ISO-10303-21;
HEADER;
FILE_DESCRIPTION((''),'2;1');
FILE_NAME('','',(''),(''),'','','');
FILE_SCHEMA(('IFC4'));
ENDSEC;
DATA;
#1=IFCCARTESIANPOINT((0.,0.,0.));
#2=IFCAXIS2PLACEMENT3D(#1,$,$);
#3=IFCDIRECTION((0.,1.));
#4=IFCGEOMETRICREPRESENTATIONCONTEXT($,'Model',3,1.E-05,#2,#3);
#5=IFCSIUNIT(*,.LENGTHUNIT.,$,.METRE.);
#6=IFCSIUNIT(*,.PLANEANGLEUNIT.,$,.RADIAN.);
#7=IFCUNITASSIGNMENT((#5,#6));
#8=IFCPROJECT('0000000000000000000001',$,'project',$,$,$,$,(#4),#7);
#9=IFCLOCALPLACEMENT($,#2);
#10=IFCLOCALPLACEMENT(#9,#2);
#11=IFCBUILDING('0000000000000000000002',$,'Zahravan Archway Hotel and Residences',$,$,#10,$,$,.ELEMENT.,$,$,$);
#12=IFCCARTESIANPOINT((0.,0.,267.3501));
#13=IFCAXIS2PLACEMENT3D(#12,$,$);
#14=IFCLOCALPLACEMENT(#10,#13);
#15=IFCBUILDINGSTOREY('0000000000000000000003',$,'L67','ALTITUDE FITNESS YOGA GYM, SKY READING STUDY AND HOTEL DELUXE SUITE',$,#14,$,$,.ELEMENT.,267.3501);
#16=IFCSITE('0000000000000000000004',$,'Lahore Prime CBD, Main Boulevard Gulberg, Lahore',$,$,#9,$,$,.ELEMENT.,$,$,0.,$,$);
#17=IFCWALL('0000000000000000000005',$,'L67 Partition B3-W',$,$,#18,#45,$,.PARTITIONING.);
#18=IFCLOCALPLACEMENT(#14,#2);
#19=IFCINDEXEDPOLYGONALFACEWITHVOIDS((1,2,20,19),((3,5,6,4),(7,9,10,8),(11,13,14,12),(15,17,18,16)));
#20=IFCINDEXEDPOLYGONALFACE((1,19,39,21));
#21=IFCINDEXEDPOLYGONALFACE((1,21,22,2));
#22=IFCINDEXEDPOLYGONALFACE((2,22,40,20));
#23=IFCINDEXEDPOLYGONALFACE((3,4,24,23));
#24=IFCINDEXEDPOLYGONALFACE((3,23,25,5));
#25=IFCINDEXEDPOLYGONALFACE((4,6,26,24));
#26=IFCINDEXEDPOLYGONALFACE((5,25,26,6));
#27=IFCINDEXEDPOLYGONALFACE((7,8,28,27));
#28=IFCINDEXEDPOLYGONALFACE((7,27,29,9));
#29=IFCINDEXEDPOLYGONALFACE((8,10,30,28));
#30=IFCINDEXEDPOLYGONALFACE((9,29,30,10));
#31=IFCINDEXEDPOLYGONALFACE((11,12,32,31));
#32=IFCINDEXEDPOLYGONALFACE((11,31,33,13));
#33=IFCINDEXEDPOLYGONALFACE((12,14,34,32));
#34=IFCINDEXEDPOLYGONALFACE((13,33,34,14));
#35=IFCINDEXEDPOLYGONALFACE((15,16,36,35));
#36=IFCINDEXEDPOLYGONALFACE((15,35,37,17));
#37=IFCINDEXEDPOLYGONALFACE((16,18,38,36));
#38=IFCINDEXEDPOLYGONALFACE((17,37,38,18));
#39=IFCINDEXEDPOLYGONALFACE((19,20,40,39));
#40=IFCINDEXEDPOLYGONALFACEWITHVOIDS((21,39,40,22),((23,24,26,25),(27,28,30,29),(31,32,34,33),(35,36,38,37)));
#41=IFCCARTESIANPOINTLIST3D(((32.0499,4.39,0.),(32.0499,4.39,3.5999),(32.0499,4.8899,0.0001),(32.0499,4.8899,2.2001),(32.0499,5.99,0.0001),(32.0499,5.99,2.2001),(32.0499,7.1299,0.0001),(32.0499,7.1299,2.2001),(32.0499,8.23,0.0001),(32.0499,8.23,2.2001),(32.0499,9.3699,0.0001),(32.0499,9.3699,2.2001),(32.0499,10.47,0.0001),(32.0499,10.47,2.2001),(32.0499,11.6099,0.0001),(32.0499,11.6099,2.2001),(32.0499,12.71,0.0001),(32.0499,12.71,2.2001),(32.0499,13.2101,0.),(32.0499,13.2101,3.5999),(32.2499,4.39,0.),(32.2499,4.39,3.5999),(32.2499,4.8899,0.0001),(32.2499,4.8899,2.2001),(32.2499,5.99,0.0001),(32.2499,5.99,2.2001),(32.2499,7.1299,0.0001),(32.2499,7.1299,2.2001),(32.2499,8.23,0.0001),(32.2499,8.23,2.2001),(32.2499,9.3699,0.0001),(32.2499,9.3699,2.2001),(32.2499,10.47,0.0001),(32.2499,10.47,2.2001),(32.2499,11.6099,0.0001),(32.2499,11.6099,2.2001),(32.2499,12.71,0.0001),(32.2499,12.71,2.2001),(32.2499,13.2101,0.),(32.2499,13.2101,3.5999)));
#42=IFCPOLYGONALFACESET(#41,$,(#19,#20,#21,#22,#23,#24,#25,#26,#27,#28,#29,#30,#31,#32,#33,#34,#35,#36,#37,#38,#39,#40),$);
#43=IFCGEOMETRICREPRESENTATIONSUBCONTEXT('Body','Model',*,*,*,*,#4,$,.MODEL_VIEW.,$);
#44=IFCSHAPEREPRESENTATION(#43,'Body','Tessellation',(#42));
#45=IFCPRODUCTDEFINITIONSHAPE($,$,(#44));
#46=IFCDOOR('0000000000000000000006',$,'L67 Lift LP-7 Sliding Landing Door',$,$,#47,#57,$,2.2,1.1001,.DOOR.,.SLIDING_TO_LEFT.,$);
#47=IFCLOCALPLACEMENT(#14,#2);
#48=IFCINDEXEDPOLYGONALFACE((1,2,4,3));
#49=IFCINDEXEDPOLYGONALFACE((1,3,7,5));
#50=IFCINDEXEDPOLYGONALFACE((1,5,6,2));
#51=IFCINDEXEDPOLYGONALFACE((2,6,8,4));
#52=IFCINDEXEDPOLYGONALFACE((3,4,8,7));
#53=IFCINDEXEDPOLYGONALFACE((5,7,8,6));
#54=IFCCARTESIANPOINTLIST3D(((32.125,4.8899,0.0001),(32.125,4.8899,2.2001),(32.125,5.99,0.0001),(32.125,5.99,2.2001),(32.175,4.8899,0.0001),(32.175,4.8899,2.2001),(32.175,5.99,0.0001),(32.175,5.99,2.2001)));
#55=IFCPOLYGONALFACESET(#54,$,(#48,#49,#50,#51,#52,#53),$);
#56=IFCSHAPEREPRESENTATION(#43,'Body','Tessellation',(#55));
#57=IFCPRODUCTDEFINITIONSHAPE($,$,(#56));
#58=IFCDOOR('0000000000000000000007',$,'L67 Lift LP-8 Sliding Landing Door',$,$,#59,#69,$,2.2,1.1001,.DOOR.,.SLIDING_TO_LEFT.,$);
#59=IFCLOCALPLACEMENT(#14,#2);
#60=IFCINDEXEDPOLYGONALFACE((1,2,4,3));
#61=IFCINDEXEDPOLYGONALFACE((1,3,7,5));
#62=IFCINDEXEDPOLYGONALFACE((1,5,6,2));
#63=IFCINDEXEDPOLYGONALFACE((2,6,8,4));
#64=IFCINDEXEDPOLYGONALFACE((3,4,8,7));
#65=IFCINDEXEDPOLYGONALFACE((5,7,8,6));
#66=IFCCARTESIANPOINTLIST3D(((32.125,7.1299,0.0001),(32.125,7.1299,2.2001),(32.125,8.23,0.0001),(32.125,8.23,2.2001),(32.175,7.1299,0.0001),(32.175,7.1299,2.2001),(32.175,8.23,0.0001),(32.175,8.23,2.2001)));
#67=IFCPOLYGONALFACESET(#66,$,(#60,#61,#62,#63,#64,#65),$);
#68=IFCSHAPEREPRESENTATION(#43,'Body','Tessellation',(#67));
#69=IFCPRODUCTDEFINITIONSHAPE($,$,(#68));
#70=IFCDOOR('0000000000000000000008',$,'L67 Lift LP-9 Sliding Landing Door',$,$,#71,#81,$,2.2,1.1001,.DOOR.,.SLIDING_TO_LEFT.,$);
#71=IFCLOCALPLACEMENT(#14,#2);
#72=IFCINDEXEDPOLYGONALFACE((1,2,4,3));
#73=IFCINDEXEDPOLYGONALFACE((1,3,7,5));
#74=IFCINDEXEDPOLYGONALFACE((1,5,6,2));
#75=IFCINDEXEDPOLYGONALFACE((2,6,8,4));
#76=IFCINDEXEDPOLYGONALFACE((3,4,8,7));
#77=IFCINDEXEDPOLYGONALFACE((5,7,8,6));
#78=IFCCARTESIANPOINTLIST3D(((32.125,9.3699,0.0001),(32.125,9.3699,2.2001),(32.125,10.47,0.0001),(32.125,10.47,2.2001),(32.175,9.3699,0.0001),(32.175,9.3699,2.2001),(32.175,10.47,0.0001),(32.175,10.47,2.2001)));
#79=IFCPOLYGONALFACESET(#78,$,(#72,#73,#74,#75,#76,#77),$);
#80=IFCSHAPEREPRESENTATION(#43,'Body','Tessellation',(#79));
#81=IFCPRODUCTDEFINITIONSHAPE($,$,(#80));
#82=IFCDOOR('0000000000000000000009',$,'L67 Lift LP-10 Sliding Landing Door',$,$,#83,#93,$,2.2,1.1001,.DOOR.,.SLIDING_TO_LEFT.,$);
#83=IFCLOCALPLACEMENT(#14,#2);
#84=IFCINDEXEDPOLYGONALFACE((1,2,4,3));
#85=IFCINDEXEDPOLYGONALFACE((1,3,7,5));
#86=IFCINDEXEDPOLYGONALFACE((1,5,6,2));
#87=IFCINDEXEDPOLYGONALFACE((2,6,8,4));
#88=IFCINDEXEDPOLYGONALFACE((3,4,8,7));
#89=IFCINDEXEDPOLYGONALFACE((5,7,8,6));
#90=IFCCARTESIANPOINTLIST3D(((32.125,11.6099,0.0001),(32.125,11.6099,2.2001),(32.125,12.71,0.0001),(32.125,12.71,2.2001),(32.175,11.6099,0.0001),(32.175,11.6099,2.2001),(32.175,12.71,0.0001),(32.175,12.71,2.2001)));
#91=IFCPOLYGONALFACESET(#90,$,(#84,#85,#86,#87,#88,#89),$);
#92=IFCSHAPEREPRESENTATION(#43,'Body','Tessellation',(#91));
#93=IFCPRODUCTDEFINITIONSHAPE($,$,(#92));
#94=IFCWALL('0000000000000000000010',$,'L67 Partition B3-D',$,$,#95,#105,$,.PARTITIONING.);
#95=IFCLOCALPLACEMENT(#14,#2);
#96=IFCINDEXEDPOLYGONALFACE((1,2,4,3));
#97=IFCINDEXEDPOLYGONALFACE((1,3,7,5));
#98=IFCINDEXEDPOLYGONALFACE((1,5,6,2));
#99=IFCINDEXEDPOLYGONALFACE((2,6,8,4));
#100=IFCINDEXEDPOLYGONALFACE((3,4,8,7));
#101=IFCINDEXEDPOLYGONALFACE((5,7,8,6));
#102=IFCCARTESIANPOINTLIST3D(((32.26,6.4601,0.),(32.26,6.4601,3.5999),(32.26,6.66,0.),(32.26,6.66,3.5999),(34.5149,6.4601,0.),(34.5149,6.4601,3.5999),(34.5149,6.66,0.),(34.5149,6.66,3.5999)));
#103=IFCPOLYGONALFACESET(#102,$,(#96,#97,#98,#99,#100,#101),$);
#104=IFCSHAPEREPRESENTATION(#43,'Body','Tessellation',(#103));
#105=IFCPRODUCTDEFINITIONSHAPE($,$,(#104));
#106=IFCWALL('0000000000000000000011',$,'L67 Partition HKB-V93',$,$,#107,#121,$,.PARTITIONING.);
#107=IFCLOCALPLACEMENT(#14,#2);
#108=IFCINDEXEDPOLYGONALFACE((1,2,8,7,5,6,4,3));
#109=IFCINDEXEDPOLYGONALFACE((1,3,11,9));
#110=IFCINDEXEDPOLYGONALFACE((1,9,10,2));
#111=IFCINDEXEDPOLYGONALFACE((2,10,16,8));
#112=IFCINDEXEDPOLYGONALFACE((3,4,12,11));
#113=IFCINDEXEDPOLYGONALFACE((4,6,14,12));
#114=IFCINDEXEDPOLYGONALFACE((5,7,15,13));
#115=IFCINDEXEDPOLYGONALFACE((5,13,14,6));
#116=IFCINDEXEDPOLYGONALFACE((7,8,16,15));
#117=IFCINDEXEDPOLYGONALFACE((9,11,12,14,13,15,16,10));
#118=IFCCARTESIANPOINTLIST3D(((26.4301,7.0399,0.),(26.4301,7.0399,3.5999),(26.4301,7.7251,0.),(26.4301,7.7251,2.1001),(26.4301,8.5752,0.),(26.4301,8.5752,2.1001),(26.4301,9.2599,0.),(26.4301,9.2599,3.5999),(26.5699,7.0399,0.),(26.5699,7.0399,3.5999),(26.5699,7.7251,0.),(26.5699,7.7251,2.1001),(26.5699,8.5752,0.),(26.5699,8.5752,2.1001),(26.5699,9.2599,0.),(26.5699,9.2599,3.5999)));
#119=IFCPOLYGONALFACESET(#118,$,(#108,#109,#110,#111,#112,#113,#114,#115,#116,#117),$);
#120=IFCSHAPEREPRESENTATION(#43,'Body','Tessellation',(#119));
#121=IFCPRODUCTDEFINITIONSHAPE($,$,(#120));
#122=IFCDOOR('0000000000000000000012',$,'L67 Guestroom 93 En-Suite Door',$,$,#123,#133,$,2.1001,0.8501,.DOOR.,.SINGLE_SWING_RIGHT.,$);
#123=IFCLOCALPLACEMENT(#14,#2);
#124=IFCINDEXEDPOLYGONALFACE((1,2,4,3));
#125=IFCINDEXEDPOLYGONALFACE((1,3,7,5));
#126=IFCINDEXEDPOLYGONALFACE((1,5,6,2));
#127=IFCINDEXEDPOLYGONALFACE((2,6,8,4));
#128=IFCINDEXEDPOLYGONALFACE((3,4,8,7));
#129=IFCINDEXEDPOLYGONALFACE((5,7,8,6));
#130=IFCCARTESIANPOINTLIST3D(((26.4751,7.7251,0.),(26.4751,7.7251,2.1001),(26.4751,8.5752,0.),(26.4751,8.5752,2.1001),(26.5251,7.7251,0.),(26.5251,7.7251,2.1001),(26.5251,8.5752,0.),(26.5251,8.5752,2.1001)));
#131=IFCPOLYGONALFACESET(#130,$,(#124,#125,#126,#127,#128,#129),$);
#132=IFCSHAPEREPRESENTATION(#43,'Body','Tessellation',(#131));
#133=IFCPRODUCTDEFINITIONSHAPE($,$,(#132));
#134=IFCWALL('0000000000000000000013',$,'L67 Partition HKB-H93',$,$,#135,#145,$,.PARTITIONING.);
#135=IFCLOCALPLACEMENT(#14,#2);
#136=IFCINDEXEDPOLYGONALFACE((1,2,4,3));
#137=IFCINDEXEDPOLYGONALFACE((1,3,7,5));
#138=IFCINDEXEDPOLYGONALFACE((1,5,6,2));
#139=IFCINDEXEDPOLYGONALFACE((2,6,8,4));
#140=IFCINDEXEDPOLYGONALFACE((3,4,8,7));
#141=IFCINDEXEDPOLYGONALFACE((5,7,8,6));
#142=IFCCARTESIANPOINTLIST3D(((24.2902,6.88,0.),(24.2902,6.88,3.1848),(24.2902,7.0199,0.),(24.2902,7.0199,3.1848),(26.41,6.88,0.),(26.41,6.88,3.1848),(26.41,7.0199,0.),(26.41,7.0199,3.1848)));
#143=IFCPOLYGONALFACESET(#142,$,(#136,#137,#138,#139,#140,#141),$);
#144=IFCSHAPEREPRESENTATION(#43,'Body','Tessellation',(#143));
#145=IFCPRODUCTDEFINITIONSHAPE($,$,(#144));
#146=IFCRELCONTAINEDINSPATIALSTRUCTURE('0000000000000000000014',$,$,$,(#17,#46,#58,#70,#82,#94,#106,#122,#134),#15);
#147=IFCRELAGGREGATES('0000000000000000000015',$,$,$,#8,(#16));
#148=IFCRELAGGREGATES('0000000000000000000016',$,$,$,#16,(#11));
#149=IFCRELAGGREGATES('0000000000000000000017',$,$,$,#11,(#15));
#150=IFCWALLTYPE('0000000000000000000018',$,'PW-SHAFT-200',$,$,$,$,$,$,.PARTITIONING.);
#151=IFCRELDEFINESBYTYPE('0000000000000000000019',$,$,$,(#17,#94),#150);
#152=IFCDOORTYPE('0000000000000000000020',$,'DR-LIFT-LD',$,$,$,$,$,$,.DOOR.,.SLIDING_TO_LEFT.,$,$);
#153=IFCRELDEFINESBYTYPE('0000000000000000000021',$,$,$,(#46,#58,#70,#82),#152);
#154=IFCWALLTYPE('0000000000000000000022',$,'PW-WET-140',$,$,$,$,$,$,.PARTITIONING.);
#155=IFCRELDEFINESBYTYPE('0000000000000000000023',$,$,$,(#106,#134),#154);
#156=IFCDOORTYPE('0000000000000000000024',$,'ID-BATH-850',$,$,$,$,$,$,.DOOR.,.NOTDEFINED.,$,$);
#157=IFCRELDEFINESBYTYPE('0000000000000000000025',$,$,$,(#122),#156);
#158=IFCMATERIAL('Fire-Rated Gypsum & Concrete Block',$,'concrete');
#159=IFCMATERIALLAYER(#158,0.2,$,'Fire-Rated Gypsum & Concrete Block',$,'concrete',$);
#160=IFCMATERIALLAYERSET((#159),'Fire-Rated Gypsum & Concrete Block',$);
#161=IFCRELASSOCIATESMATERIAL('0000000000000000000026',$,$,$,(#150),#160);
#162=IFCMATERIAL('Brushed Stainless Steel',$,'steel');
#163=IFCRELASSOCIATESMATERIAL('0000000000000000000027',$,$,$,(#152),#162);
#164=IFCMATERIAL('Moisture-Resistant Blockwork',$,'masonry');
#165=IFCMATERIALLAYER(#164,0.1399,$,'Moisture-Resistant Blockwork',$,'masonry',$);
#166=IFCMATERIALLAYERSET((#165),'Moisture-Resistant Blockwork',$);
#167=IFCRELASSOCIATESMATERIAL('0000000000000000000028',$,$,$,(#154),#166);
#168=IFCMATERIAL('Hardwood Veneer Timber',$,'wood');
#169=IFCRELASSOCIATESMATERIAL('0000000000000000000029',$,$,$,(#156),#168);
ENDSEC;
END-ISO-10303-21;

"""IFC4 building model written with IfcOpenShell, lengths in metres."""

from ifc_helpers import new_model, si_unit, direction, frame, frame_2d, origin, place, context, subcontext, project, spatial, rectangle, extrude, source, transform, mapped, material, layer, layer_set, type_object, type_shapes, element, fill, save


model = new_model("IFC4")

# Units and contexts
model_context = context("Model", 3, precision=1e-05, world=origin(), true_north=direction((0.0, 1.0)))
body_context = subcontext(model_context, "Body", "Model", "MODEL_VIEW")
ifc_project = project(units=[si_unit("LENGTHUNIT", "METRE"), si_unit("PLANEANGLEUNIT", "RADIAN")], contexts=[model_context])

# Site, building, storey
site_placement = place(None, origin())
site = spatial("IfcSite", under=ifc_project, at=site_placement, Name="Lahore Prime CBD, Main Boulevard Gulberg, Lahore", CompositionType="ELEMENT", RefElevation=0.0)
building_placement = place(site_placement, origin())
building = spatial("IfcBuilding", under=site, at=building_placement, Name="Zahravan Archway Hotel and Residences", CompositionType="ELEMENT")
storey_placement = place(building_placement, frame((0.0, 0.0, 267.3501)))
storey = spatial("IfcBuildingStorey", under=building, at=storey_placement, Name="L67", Description="ALTITUDE FITNESS YOGA GYM, SKY READING STUDY AND HOTEL DELUXE SUITE", CompositionType="ELEMENT", Elevation=267.3501)

# Shared definitions
ifc_material_1 = material(Name="Fire-Rated Gypsum & Concrete Block", Category="concrete")

# Shared definitions
ifc_material_2 = material(Name="Hardwood Veneer Timber", Category="wood")

# Shared definitions
ifc_layer_1 = layer(ifc_material_1, 0.2, Name="Fire-Rated Gypsum & Concrete Block", Category="concrete")
ifc_layer_set_1 = layer_set([ifc_layer_1], Name="Fire-Rated Gypsum & Concrete Block")
wall_type_1 = type_object("IfcWallType", Name="PW-SHAFT-200", PredefinedType="PARTITIONING", material=ifc_layer_set_1)

# Wall, openings, doors
wall_1_placement = place(storey_placement, frame((32.1499, 4.3899, 0.0), z_axis=(0.0, 0.0, 1.0), x_axis=(0.0, 1.0, 0.0)))
wall_1 = element("IfcWall", 1, at=wall_1_placement, inside=storey, type_object=wall_type_1, Name="L67 Partition B3-W", PredefinedType="PARTITIONING", context=body_context, shape_type="SweptSolid", body=[
    extrude(rectangle(XDim=8.8201, YDim=0.2, at=frame_2d((4.4102, 0.0))), origin(), (0.0, 0.0, 1.0), 3.5999),
])
opening_1_placement = place(wall_1_placement, frame((0.5, 0.0, 0.0)))
opening_1 = element("IfcOpeningElement", 2, at=opening_1_placement, cuts=wall_1, PredefinedType="OPENING", context=body_context, shape_type="SweptSolid", body=[
    extrude(rectangle(XDim=1.1001, YDim=2.2, at=frame_2d((0.55, 1.1001))), frame((0.0, 0.1099, 0.0), z_axis=(0.0, -1.0, 0.0), x_axis=(1.0, 0.0, 0.0)), (0.0, 0.0, 1.0), 0.22),
])
opening_2_placement = place(wall_1_placement, frame((2.74, 0.0, 0.0)))
opening_2 = element("IfcOpeningElement", 3, at=opening_2_placement, cuts=wall_1, PredefinedType="OPENING", context=body_context, shape_type="SweptSolid", body=[
    extrude(rectangle(XDim=1.1001, YDim=2.2, at=frame_2d((0.55, 1.1001))), frame((0.0, 0.1099, 0.0), z_axis=(0.0, -1.0, 0.0), x_axis=(1.0, 0.0, 0.0)), (0.0, 0.0, 1.0), 0.22),
])
opening_3_placement = place(wall_1_placement, frame((4.98, 0.0, 0.0)))
opening_3 = element("IfcOpeningElement", 4, at=opening_3_placement, cuts=wall_1, PredefinedType="OPENING", context=body_context, shape_type="SweptSolid", body=[
    extrude(rectangle(XDim=1.1001, YDim=2.2, at=frame_2d((0.55, 1.1001))), frame((0.0, 0.1099, 0.0), z_axis=(0.0, -1.0, 0.0), x_axis=(1.0, 0.0, 0.0)), (0.0, 0.0, 1.0), 0.22),
])
opening_4_placement = place(wall_1_placement, frame((7.22, 0.0, 0.0)))
opening_4 = element("IfcOpeningElement", 5, at=opening_4_placement, cuts=wall_1, PredefinedType="OPENING", context=body_context, shape_type="SweptSolid", body=[
    extrude(rectangle(XDim=1.1001, YDim=2.2, at=frame_2d((0.55, 1.1001))), frame((0.0, 0.1099, 0.0), z_axis=(0.0, -1.0, 0.0), x_axis=(1.0, 0.0, 0.0)), (0.0, 0.0, 1.0), 0.22),
])
ifc_material_3 = material(Name="Brushed Stainless Steel", Category="steel")
door_type_1 = type_object("IfcDoorType", Name="DR-LIFT-LD", OperationType="SLIDING_TO_LEFT", PredefinedType="DOOR", material=ifc_material_3)
shared_shape_1 = source(origin(), body_context, "Body", "SweptSolid", [
    extrude(rectangle(XDim=1.1001, YDim=2.2, at=frame_2d((0.55, 1.1001))), frame((0.0, 0.0249, 0.0), z_axis=(0.0, -1.0, 0.0), x_axis=(1.0, 0.0, 0.0)), (0.0, 0.0, 1.0), 0.05),
])
type_shapes(door_type_1, [shared_shape_1])
door_1_placement = place(opening_1_placement, origin())
door_1 = element("IfcDoor", 6, at=door_1_placement, inside=storey, type_object=door_type_1, Name="L67 Lift LP-7 Sliding Landing Door", OperationType="SLIDING_TO_LEFT", OverallHeight=2.2, OverallWidth=1.1001, PredefinedType="DOOR", context=body_context, shape_type="MappedRepresentation", body=[
    mapped(shared_shape_1, transform((0.0, 0.0, 0.0), scale=1.0)),
])
fill(opening_1, door_1)
door_2_placement = place(opening_2_placement, origin())
door_2 = element("IfcDoor", 7, at=door_2_placement, inside=storey, type_object=door_type_1, Name="L67 Lift LP-8 Sliding Landing Door", OperationType="SLIDING_TO_LEFT", OverallHeight=2.2, OverallWidth=1.1001, PredefinedType="DOOR", context=body_context, shape_type="MappedRepresentation", body=[
    mapped(shared_shape_1, transform((0.0, 0.0, 0.0), scale=1.0)),
])
fill(opening_2, door_2)
door_3_placement = place(opening_3_placement, origin())
door_3 = element("IfcDoor", 8, at=door_3_placement, inside=storey, type_object=door_type_1, Name="L67 Lift LP-9 Sliding Landing Door", OperationType="SLIDING_TO_LEFT", OverallHeight=2.2, OverallWidth=1.1001, PredefinedType="DOOR", context=body_context, shape_type="MappedRepresentation", body=[
    mapped(shared_shape_1, transform((0.0, 0.0, 0.0), scale=1.0)),
])
fill(opening_3, door_3)
door_4_placement = place(opening_4_placement, origin())
door_4 = element("IfcDoor", 9, at=door_4_placement, inside=storey, type_object=door_type_1, Name="L67 Lift LP-10 Sliding Landing Door", OperationType="SLIDING_TO_LEFT", OverallHeight=2.2, OverallWidth=1.1001, PredefinedType="DOOR", context=body_context, shape_type="MappedRepresentation", body=[
    mapped(shared_shape_1, transform((0.0, 0.0, 0.0), scale=1.0)),
])
fill(opening_4, door_4)

# Wall
wall_2_placement = place(storey_placement, frame((32.26, 6.5601, 0.0), z_axis=(0.0, 0.0, 1.0), x_axis=(1.0, 0.0, 0.0)))
element("IfcWall", 10, at=wall_2_placement, inside=storey, type_object=wall_type_1, Name="L67 Partition B3-D", PredefinedType="PARTITIONING", context=body_context, shape_type="SweptSolid", body=[
    extrude(rectangle(XDim=2.2549, YDim=0.2, at=frame_2d((1.1274, 0.0))), origin(), (0.0, 0.0, 1.0), 3.5999),
])

# Wall, opening, door
ifc_material_4 = material(Name="Moisture-Resistant Blockwork", Category="masonry")
ifc_layer_2 = layer(ifc_material_4, 0.1399, Name="Moisture-Resistant Blockwork", Category="masonry")
ifc_layer_set_2 = layer_set([ifc_layer_2], Name="Moisture-Resistant Blockwork")
wall_type_2 = type_object("IfcWallType", Name="PW-WET-140", PredefinedType="PARTITIONING", material=ifc_layer_set_2)
wall_3_placement = place(storey_placement, frame((26.5, 7.04, 0.0), z_axis=(0.0, 0.0, 1.0), x_axis=(0.0, 1.0, 0.0)))
wall_3 = element("IfcWall", 11, at=wall_3_placement, inside=storey, type_object=wall_type_2, Name="L67 Partition HKB-V93", PredefinedType="PARTITIONING", context=body_context, shape_type="SweptSolid", body=[
    extrude(rectangle(XDim=2.22, YDim=0.1399, at=frame_2d((1.1099, 0.0))), origin(), (0.0, 0.0, 1.0), 3.5999),
])
opening_5_placement = place(wall_3_placement, frame((0.6851, 0.0, 0.0)))
opening_5 = element("IfcOpeningElement", 12, at=opening_5_placement, cuts=wall_3, PredefinedType="OPENING", context=body_context, shape_type="SweptSolid", body=[
    extrude(rectangle(XDim=0.8501, YDim=2.1001, at=frame_2d((0.425, 1.05))), frame((0.0, 0.0801, 0.0), z_axis=(0.0, -1.0, 0.0), x_axis=(1.0, 0.0, 0.0)), (0.0, 0.0, 1.0), 0.1599),
])
door_type_2 = type_object("IfcDoorType", Name="ID-BATH-850", OperationType="NOTDEFINED", PredefinedType="DOOR", material=ifc_material_2)
shared_shape_2 = source(origin(), body_context, "Body", "SweptSolid", [
    extrude(rectangle(XDim=0.8501, YDim=2.1001, at=frame_2d((0.425, 1.05))), frame((0.0, 0.0249, 0.0), z_axis=(0.0, -1.0, 0.0), x_axis=(1.0, 0.0, 0.0)), (0.0, 0.0, 1.0), 0.05),
])
type_shapes(door_type_2, [shared_shape_2])
door_5_placement = place(opening_5_placement, origin())
door_5 = element("IfcDoor", 13, at=door_5_placement, inside=storey, type_object=door_type_2, Name="L67 Guestroom 93 En-Suite Door", OperationType="SINGLE_SWING_RIGHT", OverallHeight=2.1001, OverallWidth=0.8501, PredefinedType="DOOR", context=body_context, shape_type="MappedRepresentation", body=[
    mapped(shared_shape_2, transform((0.0, 0.0, 0.0), scale=1.0)),
])
fill(opening_5, door_5)

# Wall
wall_4_placement = place(storey_placement, frame((24.29, 6.95, 0.0), z_axis=(0.0, 0.0, 1.0), x_axis=(1.0, 0.0, 0.0)))
element("IfcWall", 14, at=wall_4_placement, inside=storey, type_object=wall_type_2, Name="L67 Partition HKB-H93", PredefinedType="PARTITIONING", context=body_context, shape_type="SweptSolid", body=[
    extrude(rectangle(XDim=2.1199, YDim=0.1399, at=frame_2d((1.0601, 0.0))), origin(), (0.0, 0.0, 1.0), 3.1848),
])

save(model, "model.ifc")
